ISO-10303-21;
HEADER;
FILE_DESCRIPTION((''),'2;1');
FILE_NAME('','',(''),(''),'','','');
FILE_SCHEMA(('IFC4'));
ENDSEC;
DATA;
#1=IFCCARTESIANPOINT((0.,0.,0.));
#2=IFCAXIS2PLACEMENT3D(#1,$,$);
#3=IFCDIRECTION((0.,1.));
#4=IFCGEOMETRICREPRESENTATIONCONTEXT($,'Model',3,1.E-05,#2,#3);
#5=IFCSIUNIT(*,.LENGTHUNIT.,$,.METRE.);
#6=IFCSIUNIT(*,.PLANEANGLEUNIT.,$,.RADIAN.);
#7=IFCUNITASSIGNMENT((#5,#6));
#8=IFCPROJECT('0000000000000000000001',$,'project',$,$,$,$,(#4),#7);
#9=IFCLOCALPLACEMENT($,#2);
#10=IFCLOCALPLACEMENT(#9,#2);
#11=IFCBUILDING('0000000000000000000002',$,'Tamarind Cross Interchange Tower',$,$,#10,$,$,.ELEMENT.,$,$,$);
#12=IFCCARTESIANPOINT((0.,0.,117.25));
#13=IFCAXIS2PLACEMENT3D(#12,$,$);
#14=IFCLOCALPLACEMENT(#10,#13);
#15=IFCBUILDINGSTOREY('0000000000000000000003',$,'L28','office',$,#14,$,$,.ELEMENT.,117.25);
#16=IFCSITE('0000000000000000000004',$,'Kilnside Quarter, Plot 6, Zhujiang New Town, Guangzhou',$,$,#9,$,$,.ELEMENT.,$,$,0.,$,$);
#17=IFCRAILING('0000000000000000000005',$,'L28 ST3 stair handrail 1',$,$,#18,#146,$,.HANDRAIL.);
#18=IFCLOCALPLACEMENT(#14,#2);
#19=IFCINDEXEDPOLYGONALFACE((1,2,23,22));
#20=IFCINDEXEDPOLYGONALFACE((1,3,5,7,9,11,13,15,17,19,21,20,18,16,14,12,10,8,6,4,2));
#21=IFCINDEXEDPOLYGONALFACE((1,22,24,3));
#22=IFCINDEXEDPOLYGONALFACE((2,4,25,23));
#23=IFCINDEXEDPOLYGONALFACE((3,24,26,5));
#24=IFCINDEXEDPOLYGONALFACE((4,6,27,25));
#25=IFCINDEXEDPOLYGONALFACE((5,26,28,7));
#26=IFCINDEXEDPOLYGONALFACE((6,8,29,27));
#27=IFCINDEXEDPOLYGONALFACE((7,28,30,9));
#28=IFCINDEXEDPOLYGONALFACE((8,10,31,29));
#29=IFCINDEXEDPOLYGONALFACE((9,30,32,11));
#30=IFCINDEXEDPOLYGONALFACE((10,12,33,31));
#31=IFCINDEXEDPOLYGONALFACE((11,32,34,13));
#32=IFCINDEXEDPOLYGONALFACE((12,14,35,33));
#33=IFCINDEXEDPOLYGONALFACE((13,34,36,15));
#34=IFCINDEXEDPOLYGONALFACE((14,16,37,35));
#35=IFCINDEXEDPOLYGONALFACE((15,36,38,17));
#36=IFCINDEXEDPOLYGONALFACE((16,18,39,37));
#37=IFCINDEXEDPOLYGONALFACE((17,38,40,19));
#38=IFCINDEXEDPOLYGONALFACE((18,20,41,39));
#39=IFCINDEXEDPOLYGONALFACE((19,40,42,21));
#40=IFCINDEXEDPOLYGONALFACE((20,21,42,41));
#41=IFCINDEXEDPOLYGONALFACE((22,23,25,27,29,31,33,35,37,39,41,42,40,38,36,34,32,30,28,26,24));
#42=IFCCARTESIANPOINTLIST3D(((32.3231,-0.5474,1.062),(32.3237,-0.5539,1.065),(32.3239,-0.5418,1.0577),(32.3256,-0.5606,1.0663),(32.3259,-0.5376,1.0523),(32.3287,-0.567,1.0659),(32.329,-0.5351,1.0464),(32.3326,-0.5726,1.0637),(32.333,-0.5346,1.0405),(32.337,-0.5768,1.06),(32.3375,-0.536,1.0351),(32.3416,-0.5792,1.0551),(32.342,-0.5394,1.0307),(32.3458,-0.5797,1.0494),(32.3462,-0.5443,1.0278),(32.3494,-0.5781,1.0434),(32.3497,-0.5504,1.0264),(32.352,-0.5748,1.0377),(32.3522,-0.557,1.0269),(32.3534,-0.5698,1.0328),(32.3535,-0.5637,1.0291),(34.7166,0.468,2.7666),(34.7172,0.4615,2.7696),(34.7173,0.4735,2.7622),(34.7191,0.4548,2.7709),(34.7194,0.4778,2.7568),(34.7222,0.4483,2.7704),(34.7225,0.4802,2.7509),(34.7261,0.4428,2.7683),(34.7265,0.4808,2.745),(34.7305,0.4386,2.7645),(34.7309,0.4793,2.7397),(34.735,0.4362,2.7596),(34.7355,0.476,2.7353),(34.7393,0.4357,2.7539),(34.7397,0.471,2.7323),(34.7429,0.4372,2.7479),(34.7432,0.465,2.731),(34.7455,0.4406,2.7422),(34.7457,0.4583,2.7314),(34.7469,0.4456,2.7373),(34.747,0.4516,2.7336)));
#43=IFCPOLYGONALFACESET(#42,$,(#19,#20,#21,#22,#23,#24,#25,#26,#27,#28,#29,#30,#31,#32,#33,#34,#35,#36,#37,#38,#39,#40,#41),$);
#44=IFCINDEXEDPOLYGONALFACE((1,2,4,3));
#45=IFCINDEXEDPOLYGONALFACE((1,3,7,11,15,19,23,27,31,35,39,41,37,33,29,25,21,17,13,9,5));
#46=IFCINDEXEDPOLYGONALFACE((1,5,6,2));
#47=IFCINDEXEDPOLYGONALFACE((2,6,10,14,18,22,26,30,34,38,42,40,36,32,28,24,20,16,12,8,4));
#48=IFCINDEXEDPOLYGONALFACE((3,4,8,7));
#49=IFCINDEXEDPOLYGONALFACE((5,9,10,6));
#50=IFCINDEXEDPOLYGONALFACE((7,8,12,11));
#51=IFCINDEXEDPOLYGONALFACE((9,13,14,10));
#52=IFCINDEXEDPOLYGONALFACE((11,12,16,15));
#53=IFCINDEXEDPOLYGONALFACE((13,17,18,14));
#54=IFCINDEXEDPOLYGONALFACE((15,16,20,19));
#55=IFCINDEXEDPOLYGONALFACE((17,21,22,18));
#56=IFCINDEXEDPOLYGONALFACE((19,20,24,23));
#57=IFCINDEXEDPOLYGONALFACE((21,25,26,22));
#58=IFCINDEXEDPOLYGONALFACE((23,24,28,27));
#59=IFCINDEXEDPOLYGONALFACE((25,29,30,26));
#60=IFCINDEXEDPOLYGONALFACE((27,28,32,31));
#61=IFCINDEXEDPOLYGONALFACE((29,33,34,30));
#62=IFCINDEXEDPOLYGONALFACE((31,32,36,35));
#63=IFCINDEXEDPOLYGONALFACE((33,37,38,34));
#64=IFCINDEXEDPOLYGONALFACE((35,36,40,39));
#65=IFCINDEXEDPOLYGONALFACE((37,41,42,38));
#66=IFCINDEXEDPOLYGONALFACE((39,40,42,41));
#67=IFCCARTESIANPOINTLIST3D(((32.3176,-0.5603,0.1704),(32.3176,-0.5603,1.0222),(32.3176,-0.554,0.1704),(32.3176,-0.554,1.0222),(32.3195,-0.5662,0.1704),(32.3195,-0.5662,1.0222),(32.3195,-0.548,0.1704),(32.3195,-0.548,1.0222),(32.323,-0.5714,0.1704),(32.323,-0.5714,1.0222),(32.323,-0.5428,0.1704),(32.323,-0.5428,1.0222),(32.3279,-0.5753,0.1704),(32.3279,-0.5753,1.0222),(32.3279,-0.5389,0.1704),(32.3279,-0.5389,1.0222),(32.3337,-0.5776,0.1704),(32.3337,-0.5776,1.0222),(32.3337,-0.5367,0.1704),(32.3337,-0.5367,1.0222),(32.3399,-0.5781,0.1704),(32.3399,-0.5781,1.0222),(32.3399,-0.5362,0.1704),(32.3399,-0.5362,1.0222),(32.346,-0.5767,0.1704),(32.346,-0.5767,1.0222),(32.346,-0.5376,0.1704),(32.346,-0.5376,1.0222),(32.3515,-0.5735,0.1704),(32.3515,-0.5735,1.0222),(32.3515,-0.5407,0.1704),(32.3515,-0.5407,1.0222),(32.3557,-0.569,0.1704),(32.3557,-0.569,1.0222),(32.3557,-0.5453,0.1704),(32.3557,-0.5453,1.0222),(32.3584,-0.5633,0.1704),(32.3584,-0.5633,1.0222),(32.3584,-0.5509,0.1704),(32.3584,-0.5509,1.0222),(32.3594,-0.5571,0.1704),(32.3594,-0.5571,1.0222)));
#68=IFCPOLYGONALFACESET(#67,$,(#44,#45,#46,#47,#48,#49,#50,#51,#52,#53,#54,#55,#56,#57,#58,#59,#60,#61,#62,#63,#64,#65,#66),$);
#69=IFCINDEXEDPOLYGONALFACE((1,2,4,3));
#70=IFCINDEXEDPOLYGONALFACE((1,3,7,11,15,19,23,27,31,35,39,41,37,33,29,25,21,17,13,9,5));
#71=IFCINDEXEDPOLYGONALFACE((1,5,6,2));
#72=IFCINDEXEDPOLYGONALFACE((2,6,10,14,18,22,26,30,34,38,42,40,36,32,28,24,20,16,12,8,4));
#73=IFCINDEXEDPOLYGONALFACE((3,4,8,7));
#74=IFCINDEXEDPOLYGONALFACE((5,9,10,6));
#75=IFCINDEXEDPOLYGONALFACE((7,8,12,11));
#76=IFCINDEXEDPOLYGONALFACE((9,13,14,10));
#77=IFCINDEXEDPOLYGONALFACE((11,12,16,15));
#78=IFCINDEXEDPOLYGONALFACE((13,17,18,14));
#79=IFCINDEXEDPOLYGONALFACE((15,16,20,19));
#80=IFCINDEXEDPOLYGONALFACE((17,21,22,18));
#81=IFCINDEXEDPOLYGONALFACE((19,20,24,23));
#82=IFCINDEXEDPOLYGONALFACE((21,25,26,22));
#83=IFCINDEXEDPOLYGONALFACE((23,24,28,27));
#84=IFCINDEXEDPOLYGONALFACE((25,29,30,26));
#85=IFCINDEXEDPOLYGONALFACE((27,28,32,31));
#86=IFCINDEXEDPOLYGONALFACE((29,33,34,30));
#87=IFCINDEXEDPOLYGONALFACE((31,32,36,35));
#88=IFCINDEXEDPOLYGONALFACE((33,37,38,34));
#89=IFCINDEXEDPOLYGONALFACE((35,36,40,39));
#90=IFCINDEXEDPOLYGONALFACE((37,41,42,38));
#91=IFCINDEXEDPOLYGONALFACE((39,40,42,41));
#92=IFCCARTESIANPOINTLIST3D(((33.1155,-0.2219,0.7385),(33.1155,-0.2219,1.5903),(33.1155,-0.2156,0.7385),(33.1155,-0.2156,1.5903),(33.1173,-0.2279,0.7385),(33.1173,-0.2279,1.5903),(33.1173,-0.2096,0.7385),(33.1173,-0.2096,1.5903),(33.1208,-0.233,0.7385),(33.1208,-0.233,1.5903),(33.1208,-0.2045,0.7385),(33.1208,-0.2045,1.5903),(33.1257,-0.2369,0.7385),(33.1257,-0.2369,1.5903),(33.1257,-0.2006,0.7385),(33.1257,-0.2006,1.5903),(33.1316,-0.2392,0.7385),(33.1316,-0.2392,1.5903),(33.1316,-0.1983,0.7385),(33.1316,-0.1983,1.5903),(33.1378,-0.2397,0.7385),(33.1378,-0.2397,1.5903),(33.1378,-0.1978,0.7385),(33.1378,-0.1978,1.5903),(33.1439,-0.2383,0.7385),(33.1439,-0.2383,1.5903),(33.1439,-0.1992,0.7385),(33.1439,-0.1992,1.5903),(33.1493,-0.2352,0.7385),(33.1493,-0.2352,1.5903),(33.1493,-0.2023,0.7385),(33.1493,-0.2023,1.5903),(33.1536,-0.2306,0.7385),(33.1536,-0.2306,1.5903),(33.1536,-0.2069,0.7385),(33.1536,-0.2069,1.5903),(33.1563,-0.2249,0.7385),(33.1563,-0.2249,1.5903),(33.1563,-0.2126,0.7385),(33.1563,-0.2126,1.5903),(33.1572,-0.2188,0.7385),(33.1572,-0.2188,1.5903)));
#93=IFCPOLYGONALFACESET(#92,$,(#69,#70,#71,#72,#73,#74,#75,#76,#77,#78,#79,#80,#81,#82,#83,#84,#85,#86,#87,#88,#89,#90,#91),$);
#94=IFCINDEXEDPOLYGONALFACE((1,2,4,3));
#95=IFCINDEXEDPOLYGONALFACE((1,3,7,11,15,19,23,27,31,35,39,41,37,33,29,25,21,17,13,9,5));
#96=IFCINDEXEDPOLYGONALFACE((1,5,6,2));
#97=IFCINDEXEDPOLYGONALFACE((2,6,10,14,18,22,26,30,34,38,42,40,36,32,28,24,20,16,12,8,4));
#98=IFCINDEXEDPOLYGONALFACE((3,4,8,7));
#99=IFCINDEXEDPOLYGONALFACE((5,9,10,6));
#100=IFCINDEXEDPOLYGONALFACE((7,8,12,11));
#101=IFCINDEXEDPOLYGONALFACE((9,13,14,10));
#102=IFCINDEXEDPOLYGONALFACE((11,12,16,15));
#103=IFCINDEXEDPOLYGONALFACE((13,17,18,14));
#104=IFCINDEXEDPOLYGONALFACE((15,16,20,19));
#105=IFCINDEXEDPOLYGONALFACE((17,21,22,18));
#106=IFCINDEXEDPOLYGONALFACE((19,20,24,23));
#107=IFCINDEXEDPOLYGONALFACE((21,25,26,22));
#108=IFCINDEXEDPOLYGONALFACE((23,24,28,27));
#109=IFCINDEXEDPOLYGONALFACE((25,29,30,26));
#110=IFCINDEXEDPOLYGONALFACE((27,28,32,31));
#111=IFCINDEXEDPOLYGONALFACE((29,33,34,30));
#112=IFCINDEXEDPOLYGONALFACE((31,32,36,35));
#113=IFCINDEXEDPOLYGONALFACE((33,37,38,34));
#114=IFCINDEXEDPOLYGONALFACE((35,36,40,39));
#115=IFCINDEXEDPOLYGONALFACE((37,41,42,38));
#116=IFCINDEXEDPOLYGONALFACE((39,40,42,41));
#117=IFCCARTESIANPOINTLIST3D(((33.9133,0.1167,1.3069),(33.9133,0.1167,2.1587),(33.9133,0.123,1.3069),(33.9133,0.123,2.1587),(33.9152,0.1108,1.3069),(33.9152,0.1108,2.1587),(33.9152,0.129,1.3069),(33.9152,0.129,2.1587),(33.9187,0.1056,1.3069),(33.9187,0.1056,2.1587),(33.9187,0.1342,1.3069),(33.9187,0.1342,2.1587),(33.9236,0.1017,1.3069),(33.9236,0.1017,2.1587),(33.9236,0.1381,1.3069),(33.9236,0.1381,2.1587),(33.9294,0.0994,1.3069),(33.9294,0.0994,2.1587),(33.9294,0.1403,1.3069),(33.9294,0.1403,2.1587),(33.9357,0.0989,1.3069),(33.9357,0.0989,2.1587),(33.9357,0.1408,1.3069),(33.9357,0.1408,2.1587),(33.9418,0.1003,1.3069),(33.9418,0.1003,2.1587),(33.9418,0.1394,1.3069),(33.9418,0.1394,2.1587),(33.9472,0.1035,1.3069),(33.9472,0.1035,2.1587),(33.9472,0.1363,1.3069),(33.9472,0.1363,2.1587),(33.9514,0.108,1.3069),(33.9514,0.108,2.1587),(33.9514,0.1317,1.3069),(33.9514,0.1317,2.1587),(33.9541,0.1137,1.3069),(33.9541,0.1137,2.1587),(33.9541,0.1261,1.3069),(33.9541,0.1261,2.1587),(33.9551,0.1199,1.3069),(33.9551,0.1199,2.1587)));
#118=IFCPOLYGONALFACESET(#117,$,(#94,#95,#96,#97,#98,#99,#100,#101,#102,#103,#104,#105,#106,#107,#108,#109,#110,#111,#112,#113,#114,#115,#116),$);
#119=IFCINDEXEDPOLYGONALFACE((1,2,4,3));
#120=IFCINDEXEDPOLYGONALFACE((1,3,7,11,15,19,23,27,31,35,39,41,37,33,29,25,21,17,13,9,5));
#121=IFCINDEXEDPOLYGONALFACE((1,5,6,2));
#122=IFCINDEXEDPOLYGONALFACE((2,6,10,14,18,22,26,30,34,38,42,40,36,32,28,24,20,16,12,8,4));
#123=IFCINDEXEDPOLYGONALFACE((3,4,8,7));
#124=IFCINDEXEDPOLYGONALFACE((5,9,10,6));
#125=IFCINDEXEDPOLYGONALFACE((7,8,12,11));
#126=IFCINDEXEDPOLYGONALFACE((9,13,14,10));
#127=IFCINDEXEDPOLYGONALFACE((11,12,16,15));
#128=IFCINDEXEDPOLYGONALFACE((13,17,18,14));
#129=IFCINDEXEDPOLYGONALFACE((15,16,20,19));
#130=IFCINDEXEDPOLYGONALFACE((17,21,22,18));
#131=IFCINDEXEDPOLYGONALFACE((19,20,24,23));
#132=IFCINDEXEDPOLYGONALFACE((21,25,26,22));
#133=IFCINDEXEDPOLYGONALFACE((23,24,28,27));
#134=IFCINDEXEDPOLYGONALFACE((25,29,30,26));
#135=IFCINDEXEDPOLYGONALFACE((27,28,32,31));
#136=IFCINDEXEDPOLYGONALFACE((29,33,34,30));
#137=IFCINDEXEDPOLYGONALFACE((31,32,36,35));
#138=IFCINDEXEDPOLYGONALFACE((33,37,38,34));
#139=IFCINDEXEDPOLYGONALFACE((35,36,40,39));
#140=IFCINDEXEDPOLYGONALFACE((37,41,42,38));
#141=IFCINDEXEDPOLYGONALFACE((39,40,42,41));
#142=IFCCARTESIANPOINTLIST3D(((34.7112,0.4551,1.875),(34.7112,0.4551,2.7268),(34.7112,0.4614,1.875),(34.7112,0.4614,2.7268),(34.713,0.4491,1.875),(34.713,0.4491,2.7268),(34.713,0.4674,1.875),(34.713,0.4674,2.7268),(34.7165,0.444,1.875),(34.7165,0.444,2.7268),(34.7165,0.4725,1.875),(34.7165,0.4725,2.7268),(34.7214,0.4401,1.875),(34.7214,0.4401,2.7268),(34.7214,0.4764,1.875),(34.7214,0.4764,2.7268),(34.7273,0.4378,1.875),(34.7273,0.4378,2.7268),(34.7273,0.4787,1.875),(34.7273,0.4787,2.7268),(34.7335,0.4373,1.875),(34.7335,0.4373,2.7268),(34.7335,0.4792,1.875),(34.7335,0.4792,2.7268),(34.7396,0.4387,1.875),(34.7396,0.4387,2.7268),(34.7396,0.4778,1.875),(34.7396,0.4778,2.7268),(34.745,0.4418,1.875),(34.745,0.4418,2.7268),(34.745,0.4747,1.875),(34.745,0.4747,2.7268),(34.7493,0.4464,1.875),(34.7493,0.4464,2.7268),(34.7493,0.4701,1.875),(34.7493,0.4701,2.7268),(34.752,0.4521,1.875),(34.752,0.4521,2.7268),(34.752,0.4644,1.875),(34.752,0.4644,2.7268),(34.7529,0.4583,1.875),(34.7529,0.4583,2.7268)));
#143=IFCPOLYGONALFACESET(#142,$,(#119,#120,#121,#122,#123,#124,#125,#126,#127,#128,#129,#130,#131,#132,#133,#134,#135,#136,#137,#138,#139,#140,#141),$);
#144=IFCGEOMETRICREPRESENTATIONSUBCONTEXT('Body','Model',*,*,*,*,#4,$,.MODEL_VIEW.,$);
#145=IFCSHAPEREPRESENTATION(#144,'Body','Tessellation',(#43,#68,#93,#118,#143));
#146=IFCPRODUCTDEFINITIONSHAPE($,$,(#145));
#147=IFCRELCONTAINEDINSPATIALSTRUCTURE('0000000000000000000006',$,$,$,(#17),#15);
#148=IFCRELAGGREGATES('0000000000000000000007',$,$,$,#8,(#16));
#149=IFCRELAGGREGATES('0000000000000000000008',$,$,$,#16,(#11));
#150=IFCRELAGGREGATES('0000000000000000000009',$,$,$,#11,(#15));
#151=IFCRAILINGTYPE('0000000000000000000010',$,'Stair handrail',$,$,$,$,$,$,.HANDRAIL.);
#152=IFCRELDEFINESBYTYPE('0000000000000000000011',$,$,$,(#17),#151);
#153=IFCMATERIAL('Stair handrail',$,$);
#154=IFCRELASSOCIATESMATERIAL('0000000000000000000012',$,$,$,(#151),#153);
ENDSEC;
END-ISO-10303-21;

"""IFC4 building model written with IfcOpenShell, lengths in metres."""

from ifc_helpers import new_model, si_unit, direction, frame, origin, origin_2d, place, context, subcontext, project, spatial, circle, extrude, material, type_object, element, save


model = new_model("IFC4")

# Units and contexts
model_context = context("Model", 3, precision=1e-05, world=origin(), true_north=direction((0.0, 1.0)))
body_context = subcontext(model_context, "Body", "Model", "MODEL_VIEW")
ifc_project = project(units=[si_unit("LENGTHUNIT", "METRE"), si_unit("PLANEANGLEUNIT", "RADIAN")], contexts=[model_context])

# Site, building, storey
site_placement = place(None, origin())
site = spatial("IfcSite", under=ifc_project, at=site_placement, Name="Kilnside Quarter, Plot 6, Zhujiang New Town, Guangzhou", CompositionType="ELEMENT", RefElevation=0.0)
building_placement = place(site_placement, origin())
building = spatial("IfcBuilding", under=site, at=building_placement, Name="Tamarind Cross Interchange Tower", CompositionType="ELEMENT")
storey_placement = place(building_placement, frame((0.0, 0.0, 117.25)))
storey = spatial("IfcBuildingStorey", under=building, at=storey_placement, Name="L28", Description="office", CompositionType="ELEMENT", Elevation=117.25)

# Railing
ifc_material_1 = material(Name="Stair handrail")
railing_type = type_object("IfcRailingType", Name="Stair handrail", PredefinedType="HANDRAIL", material=ifc_material_1)
railing_placement = place(storey_placement, frame((32.3384, -0.5571, 0.1704)))
element("IfcRailing", 1, at=railing_placement, inside=storey, type_object=railing_type, Name="L28 ST3 stair handrail 1", PredefinedType="HANDRAIL", context=body_context, shape_type="SweptSolid", body=[
    extrude(circle(Radius=0.0239, at=origin_2d()), frame((0.0, 0.0, 0.876), z_axis=(0.769885, 0.326597, 0.54828), x_axis=(-0.390528, 0.920591, 0.0)), (0.0, 0.0, 1.0), 3.1089),
    extrude(circle(Radius=0.021, at=origin_2d()), origin(), (0.0, 0.0, 1.0), 0.8518),
    extrude(circle(Radius=0.021, at=origin_2d()), frame((0.7979, 0.3384, 0.5681)), (0.0, 0.0, 1.0), 0.8518),
    extrude(circle(Radius=0.021, at=origin_2d()), frame((1.5957, 0.677, 1.1365)), (0.0, 0.0, 1.0), 0.8518),
    extrude(circle(Radius=0.021, at=origin_2d()), frame((2.3936, 1.0154, 1.7046)), (0.0, 0.0, 1.0), 0.8518),
])

save(model, "model.ifc")
